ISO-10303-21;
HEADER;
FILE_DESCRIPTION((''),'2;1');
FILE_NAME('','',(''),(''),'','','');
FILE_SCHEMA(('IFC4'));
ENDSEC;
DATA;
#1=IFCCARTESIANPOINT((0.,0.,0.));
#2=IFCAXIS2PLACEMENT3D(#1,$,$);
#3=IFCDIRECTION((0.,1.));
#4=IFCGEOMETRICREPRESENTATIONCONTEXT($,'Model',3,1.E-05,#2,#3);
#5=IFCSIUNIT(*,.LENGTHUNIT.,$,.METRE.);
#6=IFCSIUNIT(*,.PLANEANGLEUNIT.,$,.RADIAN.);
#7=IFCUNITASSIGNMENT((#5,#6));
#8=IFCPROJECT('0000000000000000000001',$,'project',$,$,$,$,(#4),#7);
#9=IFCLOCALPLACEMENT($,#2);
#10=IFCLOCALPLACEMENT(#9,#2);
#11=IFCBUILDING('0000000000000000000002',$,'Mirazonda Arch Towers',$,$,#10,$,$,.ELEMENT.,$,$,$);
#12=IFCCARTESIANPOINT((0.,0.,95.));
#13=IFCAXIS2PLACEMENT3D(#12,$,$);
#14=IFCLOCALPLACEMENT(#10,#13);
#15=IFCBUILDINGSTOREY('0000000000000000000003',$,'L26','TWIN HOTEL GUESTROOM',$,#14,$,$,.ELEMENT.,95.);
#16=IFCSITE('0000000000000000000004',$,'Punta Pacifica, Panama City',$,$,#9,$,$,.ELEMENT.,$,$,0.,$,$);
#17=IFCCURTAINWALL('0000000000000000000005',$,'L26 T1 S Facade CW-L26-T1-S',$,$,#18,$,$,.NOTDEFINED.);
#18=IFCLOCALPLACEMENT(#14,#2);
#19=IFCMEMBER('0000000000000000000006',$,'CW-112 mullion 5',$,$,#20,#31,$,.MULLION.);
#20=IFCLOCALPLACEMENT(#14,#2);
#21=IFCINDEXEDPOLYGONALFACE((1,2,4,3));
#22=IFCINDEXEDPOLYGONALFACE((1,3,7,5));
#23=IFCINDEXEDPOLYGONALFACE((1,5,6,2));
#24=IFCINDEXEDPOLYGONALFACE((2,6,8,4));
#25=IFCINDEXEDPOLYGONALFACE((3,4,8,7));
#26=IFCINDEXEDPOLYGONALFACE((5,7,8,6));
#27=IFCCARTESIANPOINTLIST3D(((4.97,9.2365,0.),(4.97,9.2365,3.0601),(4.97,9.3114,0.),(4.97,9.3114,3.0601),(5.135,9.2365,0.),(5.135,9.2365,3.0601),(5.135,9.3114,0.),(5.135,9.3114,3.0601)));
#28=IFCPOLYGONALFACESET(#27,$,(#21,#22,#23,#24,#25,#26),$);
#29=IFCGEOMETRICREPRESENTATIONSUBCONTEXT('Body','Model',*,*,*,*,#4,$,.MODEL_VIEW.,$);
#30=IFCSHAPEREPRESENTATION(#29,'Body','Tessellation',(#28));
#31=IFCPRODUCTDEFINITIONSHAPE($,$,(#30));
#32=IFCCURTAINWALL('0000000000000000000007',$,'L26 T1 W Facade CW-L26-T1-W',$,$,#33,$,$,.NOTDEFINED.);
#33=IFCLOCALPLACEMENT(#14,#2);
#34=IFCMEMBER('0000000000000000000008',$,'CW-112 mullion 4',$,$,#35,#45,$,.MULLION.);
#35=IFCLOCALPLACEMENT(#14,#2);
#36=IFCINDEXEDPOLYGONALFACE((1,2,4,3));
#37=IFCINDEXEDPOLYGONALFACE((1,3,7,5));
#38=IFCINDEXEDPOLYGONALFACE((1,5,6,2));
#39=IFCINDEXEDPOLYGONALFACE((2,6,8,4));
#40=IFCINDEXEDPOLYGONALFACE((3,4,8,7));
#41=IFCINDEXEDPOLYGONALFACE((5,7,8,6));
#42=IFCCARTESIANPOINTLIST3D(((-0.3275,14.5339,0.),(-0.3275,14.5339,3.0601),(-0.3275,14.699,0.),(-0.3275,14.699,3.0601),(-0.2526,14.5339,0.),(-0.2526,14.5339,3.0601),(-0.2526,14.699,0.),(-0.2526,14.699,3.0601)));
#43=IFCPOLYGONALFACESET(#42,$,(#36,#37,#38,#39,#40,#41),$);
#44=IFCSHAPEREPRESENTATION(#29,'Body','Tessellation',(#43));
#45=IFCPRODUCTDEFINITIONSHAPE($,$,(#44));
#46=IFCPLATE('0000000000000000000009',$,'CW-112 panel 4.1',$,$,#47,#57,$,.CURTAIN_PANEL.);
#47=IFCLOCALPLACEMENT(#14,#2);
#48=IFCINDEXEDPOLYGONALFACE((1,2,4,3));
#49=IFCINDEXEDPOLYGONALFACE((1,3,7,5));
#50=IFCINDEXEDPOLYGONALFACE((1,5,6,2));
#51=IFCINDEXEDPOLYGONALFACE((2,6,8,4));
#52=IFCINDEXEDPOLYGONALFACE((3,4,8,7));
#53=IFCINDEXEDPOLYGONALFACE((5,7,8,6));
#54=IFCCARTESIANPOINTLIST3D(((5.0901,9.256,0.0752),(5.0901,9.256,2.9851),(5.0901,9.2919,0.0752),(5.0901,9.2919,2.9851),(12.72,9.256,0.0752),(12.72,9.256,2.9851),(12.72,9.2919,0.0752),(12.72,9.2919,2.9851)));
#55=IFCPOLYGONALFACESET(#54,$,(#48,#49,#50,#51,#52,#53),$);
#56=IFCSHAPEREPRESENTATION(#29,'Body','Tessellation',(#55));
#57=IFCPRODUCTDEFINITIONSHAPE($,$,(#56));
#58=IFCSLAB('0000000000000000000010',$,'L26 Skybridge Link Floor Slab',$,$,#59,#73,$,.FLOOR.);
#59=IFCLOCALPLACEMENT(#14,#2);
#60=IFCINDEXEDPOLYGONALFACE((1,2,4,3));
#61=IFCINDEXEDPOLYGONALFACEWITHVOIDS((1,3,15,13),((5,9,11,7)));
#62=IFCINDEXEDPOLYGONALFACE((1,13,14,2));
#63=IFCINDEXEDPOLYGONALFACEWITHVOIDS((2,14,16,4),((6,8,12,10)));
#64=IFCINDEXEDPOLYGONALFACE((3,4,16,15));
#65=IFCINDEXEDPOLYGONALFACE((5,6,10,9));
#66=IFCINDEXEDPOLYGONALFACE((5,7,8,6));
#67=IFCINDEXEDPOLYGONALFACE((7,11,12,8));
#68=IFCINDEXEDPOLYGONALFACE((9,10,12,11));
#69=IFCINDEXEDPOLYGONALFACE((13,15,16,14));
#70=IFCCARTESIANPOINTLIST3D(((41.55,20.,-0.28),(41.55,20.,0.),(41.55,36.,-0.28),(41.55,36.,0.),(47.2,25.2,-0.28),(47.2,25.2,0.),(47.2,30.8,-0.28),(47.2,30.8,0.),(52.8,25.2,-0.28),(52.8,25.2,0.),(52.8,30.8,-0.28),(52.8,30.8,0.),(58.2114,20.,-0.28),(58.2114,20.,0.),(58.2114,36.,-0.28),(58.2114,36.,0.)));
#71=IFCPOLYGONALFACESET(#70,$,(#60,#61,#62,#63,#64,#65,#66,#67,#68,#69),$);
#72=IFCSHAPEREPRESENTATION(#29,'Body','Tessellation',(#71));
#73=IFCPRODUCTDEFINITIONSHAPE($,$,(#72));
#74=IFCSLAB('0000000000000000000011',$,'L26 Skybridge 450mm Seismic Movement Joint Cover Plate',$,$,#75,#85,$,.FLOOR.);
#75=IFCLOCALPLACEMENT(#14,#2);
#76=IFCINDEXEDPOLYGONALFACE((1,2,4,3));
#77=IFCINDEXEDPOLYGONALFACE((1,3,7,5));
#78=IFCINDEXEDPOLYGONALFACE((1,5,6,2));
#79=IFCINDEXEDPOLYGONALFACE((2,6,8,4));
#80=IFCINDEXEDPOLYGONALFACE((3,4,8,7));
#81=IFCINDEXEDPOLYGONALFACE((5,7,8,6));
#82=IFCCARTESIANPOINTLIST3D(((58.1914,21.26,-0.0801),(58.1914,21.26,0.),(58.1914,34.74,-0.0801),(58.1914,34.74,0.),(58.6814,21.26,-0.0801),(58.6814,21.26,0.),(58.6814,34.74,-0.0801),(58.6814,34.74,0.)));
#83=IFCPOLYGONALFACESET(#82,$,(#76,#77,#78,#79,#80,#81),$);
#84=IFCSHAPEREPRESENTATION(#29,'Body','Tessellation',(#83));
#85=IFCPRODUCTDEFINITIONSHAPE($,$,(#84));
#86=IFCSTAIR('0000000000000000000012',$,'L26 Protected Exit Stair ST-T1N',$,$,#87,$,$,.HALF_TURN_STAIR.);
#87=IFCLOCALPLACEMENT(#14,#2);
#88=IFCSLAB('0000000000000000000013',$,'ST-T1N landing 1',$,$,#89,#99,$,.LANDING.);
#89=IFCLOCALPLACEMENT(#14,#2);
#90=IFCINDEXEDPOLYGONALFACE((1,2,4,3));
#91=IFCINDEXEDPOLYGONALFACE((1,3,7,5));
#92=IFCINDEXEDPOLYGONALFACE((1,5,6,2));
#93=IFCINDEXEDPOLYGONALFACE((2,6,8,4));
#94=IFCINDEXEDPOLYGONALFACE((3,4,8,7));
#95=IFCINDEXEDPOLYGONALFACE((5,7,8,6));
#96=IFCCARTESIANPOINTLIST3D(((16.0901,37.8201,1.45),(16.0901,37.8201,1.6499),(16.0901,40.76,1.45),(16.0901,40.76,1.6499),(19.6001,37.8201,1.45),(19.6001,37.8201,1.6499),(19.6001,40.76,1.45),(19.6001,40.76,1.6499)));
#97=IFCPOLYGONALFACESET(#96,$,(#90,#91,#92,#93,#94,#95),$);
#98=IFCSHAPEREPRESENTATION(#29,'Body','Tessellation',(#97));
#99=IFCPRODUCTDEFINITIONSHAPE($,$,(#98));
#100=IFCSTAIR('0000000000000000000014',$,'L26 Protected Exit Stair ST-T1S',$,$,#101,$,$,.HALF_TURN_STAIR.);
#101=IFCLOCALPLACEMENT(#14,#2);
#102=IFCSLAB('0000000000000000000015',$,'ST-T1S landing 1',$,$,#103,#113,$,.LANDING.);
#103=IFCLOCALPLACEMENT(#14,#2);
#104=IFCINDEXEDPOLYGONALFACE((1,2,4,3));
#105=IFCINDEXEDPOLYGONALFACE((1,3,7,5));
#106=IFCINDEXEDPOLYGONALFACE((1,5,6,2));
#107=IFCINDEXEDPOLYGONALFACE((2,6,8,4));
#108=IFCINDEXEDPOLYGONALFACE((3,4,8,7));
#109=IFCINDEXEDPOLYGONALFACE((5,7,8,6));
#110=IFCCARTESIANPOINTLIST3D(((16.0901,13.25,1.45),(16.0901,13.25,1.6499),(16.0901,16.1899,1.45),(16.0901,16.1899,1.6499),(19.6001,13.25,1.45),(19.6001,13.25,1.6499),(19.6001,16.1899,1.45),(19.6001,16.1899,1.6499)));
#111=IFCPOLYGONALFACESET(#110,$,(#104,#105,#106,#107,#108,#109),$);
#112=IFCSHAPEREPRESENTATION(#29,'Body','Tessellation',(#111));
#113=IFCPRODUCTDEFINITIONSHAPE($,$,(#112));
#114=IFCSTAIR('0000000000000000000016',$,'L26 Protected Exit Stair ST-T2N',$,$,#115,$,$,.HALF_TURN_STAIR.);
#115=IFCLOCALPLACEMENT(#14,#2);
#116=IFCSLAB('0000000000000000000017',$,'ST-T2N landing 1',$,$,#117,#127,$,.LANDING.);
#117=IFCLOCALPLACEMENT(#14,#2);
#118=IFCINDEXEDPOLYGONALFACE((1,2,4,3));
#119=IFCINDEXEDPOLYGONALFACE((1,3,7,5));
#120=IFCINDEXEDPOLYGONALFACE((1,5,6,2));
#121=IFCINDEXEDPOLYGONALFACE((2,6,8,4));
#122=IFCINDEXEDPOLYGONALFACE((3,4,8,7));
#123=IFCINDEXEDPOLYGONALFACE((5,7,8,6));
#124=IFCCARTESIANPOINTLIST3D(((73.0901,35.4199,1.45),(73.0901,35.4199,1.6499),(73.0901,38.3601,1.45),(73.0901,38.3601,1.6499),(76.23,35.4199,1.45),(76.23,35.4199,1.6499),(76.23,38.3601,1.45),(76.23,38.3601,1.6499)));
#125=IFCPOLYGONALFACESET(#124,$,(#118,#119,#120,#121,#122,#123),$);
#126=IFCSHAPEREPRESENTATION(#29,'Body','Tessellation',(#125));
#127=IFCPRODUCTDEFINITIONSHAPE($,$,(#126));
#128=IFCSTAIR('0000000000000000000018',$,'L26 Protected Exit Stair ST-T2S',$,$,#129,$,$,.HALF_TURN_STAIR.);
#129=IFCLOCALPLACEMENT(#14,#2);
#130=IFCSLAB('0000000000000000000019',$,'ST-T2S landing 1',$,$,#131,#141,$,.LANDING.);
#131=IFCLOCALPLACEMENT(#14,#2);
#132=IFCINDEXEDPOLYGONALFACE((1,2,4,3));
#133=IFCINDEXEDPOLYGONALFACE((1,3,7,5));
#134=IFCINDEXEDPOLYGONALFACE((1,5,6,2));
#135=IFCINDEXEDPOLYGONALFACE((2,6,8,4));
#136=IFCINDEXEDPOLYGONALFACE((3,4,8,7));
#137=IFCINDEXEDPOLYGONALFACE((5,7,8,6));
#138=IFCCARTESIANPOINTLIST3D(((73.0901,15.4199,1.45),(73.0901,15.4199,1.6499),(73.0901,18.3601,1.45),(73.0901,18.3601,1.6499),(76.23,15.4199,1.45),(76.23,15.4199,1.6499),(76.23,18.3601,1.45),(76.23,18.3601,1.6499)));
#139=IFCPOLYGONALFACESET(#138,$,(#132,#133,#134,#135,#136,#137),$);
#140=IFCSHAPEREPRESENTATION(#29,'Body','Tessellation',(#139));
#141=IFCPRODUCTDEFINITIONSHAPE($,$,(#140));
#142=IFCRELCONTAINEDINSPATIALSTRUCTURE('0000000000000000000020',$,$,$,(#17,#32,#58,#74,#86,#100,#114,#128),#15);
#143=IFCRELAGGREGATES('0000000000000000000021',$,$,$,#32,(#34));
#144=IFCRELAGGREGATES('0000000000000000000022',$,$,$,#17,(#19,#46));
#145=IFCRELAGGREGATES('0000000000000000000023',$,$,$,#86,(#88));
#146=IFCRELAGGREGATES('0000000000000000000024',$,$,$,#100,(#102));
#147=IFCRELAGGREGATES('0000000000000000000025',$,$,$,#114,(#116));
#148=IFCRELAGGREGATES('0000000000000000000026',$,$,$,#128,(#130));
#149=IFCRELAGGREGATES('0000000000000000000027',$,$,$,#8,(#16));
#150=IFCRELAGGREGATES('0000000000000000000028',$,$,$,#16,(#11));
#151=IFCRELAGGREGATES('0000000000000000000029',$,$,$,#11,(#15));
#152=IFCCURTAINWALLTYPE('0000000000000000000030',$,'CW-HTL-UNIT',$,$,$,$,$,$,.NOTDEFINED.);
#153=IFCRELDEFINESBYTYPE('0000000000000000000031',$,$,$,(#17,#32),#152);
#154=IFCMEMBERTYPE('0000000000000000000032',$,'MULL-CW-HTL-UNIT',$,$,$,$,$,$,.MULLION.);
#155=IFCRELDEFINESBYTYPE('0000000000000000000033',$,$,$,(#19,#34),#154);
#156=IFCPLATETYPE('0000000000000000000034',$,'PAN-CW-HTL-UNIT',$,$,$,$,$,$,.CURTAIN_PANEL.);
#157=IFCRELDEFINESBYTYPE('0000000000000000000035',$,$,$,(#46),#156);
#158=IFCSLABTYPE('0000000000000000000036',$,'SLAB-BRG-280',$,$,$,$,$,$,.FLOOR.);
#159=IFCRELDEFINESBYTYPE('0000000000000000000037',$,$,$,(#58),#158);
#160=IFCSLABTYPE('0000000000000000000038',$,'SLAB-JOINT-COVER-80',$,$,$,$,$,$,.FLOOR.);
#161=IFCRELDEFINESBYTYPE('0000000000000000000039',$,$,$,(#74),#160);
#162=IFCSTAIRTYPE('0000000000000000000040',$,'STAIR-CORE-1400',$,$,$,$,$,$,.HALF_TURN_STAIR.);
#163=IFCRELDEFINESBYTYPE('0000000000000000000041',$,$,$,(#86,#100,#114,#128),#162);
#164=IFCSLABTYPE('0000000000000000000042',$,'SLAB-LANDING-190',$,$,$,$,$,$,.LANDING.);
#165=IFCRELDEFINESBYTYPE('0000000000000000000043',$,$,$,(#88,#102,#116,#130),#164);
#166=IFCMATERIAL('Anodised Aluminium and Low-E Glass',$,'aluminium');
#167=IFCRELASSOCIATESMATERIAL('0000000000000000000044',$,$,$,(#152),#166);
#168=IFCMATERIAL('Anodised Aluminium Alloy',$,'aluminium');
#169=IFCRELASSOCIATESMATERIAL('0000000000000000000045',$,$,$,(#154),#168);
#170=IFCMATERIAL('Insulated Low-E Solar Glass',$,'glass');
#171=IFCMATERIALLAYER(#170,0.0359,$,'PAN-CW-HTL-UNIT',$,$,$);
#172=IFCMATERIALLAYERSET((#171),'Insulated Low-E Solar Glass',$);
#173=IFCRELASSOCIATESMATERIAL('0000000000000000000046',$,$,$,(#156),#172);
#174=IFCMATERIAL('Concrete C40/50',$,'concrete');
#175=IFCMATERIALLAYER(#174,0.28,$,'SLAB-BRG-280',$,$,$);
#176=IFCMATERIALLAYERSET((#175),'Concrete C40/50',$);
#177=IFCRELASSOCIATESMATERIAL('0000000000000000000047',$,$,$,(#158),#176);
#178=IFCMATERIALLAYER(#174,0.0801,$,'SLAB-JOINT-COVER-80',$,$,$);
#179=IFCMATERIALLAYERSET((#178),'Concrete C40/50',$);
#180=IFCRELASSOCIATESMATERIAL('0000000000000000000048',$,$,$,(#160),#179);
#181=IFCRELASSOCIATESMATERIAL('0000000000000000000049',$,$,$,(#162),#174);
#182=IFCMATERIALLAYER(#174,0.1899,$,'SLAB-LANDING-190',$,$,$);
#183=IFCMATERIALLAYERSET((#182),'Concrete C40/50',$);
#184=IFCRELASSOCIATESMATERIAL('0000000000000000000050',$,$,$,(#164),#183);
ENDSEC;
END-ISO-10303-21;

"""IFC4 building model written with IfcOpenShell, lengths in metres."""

from ifc_helpers import new_model, si_unit, direction, frame, origin, origin_2d, place, context, subcontext, project, spatial, polyline, rectangle, outline, extrude, material, layer, layer_set, material_profile, profile_set, type_object, element, aggregate, save


model = new_model("IFC4")

# Units and contexts
model_context = context("Model", 3, precision=1e-05, world=origin(), true_north=direction((0.0, 1.0)))
body_context = subcontext(model_context, "Body", "Model", "MODEL_VIEW")
ifc_project = project(units=[si_unit("LENGTHUNIT", "METRE"), si_unit("PLANEANGLEUNIT", "RADIAN")], contexts=[model_context])

# Site, building, storey
site_placement = place(None, origin())
site = spatial("IfcSite", under=ifc_project, at=site_placement, Name="Punta Pacifica, Panama City", CompositionType="ELEMENT", RefElevation=0.0)
building_placement = place(site_placement, origin())
building = spatial("IfcBuilding", under=site, at=building_placement, Name="Mirazonda Arch Towers", CompositionType="ELEMENT")
storey_placement = place(building_placement, frame((0.0, 0.0, 95.0)))
storey = spatial("IfcBuildingStorey", under=building, at=storey_placement, Name="L26", Description="TWIN HOTEL GUESTROOM", CompositionType="ELEMENT", Elevation=95.0)

# Curtain walls, members
ifc_material_1 = material(Name="Anodised Aluminium and Low-E Glass", Category="aluminium")
curtain_wall_type = type_object("IfcCurtainWallType", Name="CW-HTL-UNIT", PredefinedType="NOTDEFINED", material=ifc_material_1)
curtain_wall_1_placement = place(storey_placement, origin())
curtain_wall_1 = element("IfcCurtainWall", 1, at=curtain_wall_1_placement, inside=storey, type_object=curtain_wall_type, Name="L26 T1 S Facade CW-L26-T1-S", PredefinedType="NOTDEFINED")
ifc_material_2 = material(Name="Anodised Aluminium Alloy", Category="aluminium")
ifc_material_profile = material_profile(ifc_material_2, rectangle(XDim=0.075, YDim=0.165, at=origin_2d()), Name="ALU-MULL-75x165")
ifc_profile_set = profile_set([ifc_material_profile], Name="Anodised Aluminium Alloy")
member_type = type_object("IfcMemberType", Name="MULL-CW-HTL-UNIT", PredefinedType="MULLION", material=ifc_profile_set)
member_1_placement = place(storey_placement, frame((5.0525, 9.2739, 0.0), z_axis=(0.0, 0.0, 1.0), x_axis=(0.0, -1.0, 0.0)))
member_1 = element("IfcMember", 2, at=member_1_placement, type_object=member_type, Name="CW-112 mullion 5", PredefinedType="MULLION", context=body_context, shape_type="SweptSolid", body=[
    extrude(rectangle(XDim=0.075, YDim=0.165, at=origin_2d()), origin(), (0.0, 0.0, 1.0), 3.0601),
])
curtain_wall_2_placement = place(storey_placement, origin())
curtain_wall_2 = element("IfcCurtainWall", 3, at=curtain_wall_2_placement, inside=storey, type_object=curtain_wall_type, Name="L26 T1 W Facade CW-L26-T1-W", PredefinedType="NOTDEFINED")
member_2_placement = place(storey_placement, frame((-0.29, 14.6165, 0.0), z_axis=(0.0, 0.0, 1.0), x_axis=(1.0, 0.0, 0.0)))
member_2 = element("IfcMember", 4, at=member_2_placement, type_object=member_type, Name="CW-112 mullion 4", PredefinedType="MULLION", context=body_context, shape_type="SweptSolid", body=[
    extrude(rectangle(XDim=0.075, YDim=0.165, at=origin_2d()), origin(), (0.0, 0.0, 1.0), 3.0601),
])
aggregate(curtain_wall_2, [member_2])

# Plate
ifc_material_3 = material(Name="Insulated Low-E Solar Glass", Category="glass")
ifc_layer_1 = layer(ifc_material_3, 0.0359, Name="PAN-CW-HTL-UNIT")
ifc_layer_set_1 = layer_set([ifc_layer_1], Name="Insulated Low-E Solar Glass")
plate_type = type_object("IfcPlateType", Name="PAN-CW-HTL-UNIT", PredefinedType="CURTAIN_PANEL", material=ifc_layer_set_1)
plate_placement = place(storey_placement, frame((8.905, 9.2739, 0.0752), z_axis=(0.0, 0.0, 1.0), x_axis=(-1.0, 0.0, 0.0)))
plate = element("IfcPlate", 5, at=plate_placement, type_object=plate_type, Name="CW-112 panel 4.1", PredefinedType="CURTAIN_PANEL", context=body_context, shape_type="SweptSolid", body=[
    extrude(rectangle(XDim=7.6299, YDim=0.0359, at=origin_2d()), origin(), (0.0, 0.0, 1.0), 2.9099),
])
aggregate(curtain_wall_1, [member_1, plate])

# Slabs
ifc_material_4 = material(Name="Concrete C40/50", Category="concrete")
ifc_layer_2 = layer(ifc_material_4, 0.28, Name="SLAB-BRG-280")
ifc_layer_set_2 = layer_set([ifc_layer_2], Name="Concrete C40/50")
slab_type_1 = type_object("IfcSlabType", Name="SLAB-BRG-280", PredefinedType="FLOOR", material=ifc_layer_set_2)
slab_1_placement = place(storey_placement, frame((0.0, 0.0, -0.28)))
element("IfcSlab", 6, at=slab_1_placement, inside=storey, type_object=slab_type_1, Name="L26 Skybridge Link Floor Slab", PredefinedType="FLOOR", context=body_context, shape_type="SweptSolid", body=[
    extrude(outline(polyline([(41.55, 20.0), (58.2114, 20.0), (58.2114, 36.0), (41.55, 36.0), (41.55, 20.0)]), holes=[polyline([(52.8, 30.8), (52.8, 25.2), (47.2, 25.2), (47.2, 30.8), (52.8, 30.8)])]), origin(), (0.0, 0.0, 1.0), 0.28),
])
ifc_layer_3 = layer(ifc_material_4, 0.0801, Name="SLAB-JOINT-COVER-80")
ifc_layer_set_3 = layer_set([ifc_layer_3], Name="Concrete C40/50")
slab_type_2 = type_object("IfcSlabType", Name="SLAB-JOINT-COVER-80", PredefinedType="FLOOR", material=ifc_layer_set_3)
slab_2_placement = place(storey_placement, frame((0.0, 0.0, -0.0801)))
element("IfcSlab", 7, at=slab_2_placement, inside=storey, type_object=slab_type_2, Name="L26 Skybridge 450mm Seismic Movement Joint Cover Plate", PredefinedType="FLOOR", context=body_context, shape_type="SweptSolid", body=[
    extrude(outline(polyline([(58.1914, 21.26), (58.6814, 21.26), (58.6814, 34.74), (58.1914, 34.74), (58.1914, 21.26)])), origin(), (0.0, 0.0, 1.0), 0.0801),
])

# Stairs, slabs
stair_type = type_object("IfcStairType", Name="STAIR-CORE-1400", PredefinedType="HALF_TURN_STAIR", material=ifc_material_4)
stair_1_placement = place(storey_placement, origin())
stair_1 = element("IfcStair", 8, at=stair_1_placement, inside=storey, type_object=stair_type, Name="L26 Protected Exit Stair ST-T1N", PredefinedType="HALF_TURN_STAIR")
ifc_layer_4 = layer(ifc_material_4, 0.1899, Name="SLAB-LANDING-190")
ifc_layer_set_4 = layer_set([ifc_layer_4], Name="Concrete C40/50")
slab_type_3 = type_object("IfcSlabType", Name="SLAB-LANDING-190", PredefinedType="LANDING", material=ifc_layer_set_4)
slab_3_placement = place(storey_placement, frame((0.0, 0.0, 1.45)))
slab_3 = element("IfcSlab", 9, at=slab_3_placement, type_object=slab_type_3, Name="ST-T1N landing 1", PredefinedType="LANDING", context=body_context, shape_type="SweptSolid", body=[
    extrude(outline(polyline([(16.0901, 37.8201), (19.6001, 37.8201), (19.6001, 40.76), (16.0901, 40.76), (16.0901, 37.8201)])), origin(), (0.0, 0.0, 1.0), 0.2),
])
aggregate(stair_1, [slab_3])
stair_2_placement = place(storey_placement, origin())
stair_2 = element("IfcStair", 10, at=stair_2_placement, inside=storey, type_object=stair_type, Name="L26 Protected Exit Stair ST-T1S", PredefinedType="HALF_TURN_STAIR")
slab_4_placement = place(storey_placement, frame((0.0, 0.0, 1.45)))
slab_4 = element("IfcSlab", 11, at=slab_4_placement, type_object=slab_type_3, Name="ST-T1S landing 1", PredefinedType="LANDING", context=body_context, shape_type="SweptSolid", body=[
    extrude(outline(polyline([(16.0901, 13.25), (19.6001, 13.25), (19.6001, 16.1899), (16.0901, 16.1899), (16.0901, 13.25)])), origin(), (0.0, 0.0, 1.0), 0.2),
])
aggregate(stair_2, [slab_4])
stair_3_placement = place(storey_placement, origin())
stair_3 = element("IfcStair", 12, at=stair_3_placement, inside=storey, type_object=stair_type, Name="L26 Protected Exit Stair ST-T2N", PredefinedType="HALF_TURN_STAIR")
slab_5_placement = place(storey_placement, frame((0.0, 0.0, 1.45)))
slab_5 = element("IfcSlab", 13, at=slab_5_placement, type_object=slab_type_3, Name="ST-T2N landing 1", PredefinedType="LANDING", context=body_context, shape_type="SweptSolid", body=[
    extrude(outline(polyline([(73.0901, 35.4199), (76.23, 35.4199), (76.23, 38.3601), (73.0901, 38.3601), (73.0901, 35.4199)])), origin(), (0.0, 0.0, 1.0), 0.2),
])
aggregate(stair_3, [slab_5])
stair_4_placement = place(storey_placement, origin())
stair_4 = element("IfcStair", 14, at=stair_4_placement, inside=storey, type_object=stair_type, Name="L26 Protected Exit Stair ST-T2S", PredefinedType="HALF_TURN_STAIR")
slab_6_placement = place(storey_placement, frame((0.0, 0.0, 1.45)))
slab_6 = element("IfcSlab", 15, at=slab_6_placement, type_object=slab_type_3, Name="ST-T2S landing 1", PredefinedType="LANDING", context=body_context, shape_type="SweptSolid", body=[
    extrude(outline(polyline([(73.0901, 15.4199), (76.23, 15.4199), (76.23, 18.3601), (73.0901, 18.3601), (73.0901, 15.4199)])), origin(), (0.0, 0.0, 1.0), 0.2),
])
aggregate(stair_4, [slab_6])

save(model, "model.ifc")
